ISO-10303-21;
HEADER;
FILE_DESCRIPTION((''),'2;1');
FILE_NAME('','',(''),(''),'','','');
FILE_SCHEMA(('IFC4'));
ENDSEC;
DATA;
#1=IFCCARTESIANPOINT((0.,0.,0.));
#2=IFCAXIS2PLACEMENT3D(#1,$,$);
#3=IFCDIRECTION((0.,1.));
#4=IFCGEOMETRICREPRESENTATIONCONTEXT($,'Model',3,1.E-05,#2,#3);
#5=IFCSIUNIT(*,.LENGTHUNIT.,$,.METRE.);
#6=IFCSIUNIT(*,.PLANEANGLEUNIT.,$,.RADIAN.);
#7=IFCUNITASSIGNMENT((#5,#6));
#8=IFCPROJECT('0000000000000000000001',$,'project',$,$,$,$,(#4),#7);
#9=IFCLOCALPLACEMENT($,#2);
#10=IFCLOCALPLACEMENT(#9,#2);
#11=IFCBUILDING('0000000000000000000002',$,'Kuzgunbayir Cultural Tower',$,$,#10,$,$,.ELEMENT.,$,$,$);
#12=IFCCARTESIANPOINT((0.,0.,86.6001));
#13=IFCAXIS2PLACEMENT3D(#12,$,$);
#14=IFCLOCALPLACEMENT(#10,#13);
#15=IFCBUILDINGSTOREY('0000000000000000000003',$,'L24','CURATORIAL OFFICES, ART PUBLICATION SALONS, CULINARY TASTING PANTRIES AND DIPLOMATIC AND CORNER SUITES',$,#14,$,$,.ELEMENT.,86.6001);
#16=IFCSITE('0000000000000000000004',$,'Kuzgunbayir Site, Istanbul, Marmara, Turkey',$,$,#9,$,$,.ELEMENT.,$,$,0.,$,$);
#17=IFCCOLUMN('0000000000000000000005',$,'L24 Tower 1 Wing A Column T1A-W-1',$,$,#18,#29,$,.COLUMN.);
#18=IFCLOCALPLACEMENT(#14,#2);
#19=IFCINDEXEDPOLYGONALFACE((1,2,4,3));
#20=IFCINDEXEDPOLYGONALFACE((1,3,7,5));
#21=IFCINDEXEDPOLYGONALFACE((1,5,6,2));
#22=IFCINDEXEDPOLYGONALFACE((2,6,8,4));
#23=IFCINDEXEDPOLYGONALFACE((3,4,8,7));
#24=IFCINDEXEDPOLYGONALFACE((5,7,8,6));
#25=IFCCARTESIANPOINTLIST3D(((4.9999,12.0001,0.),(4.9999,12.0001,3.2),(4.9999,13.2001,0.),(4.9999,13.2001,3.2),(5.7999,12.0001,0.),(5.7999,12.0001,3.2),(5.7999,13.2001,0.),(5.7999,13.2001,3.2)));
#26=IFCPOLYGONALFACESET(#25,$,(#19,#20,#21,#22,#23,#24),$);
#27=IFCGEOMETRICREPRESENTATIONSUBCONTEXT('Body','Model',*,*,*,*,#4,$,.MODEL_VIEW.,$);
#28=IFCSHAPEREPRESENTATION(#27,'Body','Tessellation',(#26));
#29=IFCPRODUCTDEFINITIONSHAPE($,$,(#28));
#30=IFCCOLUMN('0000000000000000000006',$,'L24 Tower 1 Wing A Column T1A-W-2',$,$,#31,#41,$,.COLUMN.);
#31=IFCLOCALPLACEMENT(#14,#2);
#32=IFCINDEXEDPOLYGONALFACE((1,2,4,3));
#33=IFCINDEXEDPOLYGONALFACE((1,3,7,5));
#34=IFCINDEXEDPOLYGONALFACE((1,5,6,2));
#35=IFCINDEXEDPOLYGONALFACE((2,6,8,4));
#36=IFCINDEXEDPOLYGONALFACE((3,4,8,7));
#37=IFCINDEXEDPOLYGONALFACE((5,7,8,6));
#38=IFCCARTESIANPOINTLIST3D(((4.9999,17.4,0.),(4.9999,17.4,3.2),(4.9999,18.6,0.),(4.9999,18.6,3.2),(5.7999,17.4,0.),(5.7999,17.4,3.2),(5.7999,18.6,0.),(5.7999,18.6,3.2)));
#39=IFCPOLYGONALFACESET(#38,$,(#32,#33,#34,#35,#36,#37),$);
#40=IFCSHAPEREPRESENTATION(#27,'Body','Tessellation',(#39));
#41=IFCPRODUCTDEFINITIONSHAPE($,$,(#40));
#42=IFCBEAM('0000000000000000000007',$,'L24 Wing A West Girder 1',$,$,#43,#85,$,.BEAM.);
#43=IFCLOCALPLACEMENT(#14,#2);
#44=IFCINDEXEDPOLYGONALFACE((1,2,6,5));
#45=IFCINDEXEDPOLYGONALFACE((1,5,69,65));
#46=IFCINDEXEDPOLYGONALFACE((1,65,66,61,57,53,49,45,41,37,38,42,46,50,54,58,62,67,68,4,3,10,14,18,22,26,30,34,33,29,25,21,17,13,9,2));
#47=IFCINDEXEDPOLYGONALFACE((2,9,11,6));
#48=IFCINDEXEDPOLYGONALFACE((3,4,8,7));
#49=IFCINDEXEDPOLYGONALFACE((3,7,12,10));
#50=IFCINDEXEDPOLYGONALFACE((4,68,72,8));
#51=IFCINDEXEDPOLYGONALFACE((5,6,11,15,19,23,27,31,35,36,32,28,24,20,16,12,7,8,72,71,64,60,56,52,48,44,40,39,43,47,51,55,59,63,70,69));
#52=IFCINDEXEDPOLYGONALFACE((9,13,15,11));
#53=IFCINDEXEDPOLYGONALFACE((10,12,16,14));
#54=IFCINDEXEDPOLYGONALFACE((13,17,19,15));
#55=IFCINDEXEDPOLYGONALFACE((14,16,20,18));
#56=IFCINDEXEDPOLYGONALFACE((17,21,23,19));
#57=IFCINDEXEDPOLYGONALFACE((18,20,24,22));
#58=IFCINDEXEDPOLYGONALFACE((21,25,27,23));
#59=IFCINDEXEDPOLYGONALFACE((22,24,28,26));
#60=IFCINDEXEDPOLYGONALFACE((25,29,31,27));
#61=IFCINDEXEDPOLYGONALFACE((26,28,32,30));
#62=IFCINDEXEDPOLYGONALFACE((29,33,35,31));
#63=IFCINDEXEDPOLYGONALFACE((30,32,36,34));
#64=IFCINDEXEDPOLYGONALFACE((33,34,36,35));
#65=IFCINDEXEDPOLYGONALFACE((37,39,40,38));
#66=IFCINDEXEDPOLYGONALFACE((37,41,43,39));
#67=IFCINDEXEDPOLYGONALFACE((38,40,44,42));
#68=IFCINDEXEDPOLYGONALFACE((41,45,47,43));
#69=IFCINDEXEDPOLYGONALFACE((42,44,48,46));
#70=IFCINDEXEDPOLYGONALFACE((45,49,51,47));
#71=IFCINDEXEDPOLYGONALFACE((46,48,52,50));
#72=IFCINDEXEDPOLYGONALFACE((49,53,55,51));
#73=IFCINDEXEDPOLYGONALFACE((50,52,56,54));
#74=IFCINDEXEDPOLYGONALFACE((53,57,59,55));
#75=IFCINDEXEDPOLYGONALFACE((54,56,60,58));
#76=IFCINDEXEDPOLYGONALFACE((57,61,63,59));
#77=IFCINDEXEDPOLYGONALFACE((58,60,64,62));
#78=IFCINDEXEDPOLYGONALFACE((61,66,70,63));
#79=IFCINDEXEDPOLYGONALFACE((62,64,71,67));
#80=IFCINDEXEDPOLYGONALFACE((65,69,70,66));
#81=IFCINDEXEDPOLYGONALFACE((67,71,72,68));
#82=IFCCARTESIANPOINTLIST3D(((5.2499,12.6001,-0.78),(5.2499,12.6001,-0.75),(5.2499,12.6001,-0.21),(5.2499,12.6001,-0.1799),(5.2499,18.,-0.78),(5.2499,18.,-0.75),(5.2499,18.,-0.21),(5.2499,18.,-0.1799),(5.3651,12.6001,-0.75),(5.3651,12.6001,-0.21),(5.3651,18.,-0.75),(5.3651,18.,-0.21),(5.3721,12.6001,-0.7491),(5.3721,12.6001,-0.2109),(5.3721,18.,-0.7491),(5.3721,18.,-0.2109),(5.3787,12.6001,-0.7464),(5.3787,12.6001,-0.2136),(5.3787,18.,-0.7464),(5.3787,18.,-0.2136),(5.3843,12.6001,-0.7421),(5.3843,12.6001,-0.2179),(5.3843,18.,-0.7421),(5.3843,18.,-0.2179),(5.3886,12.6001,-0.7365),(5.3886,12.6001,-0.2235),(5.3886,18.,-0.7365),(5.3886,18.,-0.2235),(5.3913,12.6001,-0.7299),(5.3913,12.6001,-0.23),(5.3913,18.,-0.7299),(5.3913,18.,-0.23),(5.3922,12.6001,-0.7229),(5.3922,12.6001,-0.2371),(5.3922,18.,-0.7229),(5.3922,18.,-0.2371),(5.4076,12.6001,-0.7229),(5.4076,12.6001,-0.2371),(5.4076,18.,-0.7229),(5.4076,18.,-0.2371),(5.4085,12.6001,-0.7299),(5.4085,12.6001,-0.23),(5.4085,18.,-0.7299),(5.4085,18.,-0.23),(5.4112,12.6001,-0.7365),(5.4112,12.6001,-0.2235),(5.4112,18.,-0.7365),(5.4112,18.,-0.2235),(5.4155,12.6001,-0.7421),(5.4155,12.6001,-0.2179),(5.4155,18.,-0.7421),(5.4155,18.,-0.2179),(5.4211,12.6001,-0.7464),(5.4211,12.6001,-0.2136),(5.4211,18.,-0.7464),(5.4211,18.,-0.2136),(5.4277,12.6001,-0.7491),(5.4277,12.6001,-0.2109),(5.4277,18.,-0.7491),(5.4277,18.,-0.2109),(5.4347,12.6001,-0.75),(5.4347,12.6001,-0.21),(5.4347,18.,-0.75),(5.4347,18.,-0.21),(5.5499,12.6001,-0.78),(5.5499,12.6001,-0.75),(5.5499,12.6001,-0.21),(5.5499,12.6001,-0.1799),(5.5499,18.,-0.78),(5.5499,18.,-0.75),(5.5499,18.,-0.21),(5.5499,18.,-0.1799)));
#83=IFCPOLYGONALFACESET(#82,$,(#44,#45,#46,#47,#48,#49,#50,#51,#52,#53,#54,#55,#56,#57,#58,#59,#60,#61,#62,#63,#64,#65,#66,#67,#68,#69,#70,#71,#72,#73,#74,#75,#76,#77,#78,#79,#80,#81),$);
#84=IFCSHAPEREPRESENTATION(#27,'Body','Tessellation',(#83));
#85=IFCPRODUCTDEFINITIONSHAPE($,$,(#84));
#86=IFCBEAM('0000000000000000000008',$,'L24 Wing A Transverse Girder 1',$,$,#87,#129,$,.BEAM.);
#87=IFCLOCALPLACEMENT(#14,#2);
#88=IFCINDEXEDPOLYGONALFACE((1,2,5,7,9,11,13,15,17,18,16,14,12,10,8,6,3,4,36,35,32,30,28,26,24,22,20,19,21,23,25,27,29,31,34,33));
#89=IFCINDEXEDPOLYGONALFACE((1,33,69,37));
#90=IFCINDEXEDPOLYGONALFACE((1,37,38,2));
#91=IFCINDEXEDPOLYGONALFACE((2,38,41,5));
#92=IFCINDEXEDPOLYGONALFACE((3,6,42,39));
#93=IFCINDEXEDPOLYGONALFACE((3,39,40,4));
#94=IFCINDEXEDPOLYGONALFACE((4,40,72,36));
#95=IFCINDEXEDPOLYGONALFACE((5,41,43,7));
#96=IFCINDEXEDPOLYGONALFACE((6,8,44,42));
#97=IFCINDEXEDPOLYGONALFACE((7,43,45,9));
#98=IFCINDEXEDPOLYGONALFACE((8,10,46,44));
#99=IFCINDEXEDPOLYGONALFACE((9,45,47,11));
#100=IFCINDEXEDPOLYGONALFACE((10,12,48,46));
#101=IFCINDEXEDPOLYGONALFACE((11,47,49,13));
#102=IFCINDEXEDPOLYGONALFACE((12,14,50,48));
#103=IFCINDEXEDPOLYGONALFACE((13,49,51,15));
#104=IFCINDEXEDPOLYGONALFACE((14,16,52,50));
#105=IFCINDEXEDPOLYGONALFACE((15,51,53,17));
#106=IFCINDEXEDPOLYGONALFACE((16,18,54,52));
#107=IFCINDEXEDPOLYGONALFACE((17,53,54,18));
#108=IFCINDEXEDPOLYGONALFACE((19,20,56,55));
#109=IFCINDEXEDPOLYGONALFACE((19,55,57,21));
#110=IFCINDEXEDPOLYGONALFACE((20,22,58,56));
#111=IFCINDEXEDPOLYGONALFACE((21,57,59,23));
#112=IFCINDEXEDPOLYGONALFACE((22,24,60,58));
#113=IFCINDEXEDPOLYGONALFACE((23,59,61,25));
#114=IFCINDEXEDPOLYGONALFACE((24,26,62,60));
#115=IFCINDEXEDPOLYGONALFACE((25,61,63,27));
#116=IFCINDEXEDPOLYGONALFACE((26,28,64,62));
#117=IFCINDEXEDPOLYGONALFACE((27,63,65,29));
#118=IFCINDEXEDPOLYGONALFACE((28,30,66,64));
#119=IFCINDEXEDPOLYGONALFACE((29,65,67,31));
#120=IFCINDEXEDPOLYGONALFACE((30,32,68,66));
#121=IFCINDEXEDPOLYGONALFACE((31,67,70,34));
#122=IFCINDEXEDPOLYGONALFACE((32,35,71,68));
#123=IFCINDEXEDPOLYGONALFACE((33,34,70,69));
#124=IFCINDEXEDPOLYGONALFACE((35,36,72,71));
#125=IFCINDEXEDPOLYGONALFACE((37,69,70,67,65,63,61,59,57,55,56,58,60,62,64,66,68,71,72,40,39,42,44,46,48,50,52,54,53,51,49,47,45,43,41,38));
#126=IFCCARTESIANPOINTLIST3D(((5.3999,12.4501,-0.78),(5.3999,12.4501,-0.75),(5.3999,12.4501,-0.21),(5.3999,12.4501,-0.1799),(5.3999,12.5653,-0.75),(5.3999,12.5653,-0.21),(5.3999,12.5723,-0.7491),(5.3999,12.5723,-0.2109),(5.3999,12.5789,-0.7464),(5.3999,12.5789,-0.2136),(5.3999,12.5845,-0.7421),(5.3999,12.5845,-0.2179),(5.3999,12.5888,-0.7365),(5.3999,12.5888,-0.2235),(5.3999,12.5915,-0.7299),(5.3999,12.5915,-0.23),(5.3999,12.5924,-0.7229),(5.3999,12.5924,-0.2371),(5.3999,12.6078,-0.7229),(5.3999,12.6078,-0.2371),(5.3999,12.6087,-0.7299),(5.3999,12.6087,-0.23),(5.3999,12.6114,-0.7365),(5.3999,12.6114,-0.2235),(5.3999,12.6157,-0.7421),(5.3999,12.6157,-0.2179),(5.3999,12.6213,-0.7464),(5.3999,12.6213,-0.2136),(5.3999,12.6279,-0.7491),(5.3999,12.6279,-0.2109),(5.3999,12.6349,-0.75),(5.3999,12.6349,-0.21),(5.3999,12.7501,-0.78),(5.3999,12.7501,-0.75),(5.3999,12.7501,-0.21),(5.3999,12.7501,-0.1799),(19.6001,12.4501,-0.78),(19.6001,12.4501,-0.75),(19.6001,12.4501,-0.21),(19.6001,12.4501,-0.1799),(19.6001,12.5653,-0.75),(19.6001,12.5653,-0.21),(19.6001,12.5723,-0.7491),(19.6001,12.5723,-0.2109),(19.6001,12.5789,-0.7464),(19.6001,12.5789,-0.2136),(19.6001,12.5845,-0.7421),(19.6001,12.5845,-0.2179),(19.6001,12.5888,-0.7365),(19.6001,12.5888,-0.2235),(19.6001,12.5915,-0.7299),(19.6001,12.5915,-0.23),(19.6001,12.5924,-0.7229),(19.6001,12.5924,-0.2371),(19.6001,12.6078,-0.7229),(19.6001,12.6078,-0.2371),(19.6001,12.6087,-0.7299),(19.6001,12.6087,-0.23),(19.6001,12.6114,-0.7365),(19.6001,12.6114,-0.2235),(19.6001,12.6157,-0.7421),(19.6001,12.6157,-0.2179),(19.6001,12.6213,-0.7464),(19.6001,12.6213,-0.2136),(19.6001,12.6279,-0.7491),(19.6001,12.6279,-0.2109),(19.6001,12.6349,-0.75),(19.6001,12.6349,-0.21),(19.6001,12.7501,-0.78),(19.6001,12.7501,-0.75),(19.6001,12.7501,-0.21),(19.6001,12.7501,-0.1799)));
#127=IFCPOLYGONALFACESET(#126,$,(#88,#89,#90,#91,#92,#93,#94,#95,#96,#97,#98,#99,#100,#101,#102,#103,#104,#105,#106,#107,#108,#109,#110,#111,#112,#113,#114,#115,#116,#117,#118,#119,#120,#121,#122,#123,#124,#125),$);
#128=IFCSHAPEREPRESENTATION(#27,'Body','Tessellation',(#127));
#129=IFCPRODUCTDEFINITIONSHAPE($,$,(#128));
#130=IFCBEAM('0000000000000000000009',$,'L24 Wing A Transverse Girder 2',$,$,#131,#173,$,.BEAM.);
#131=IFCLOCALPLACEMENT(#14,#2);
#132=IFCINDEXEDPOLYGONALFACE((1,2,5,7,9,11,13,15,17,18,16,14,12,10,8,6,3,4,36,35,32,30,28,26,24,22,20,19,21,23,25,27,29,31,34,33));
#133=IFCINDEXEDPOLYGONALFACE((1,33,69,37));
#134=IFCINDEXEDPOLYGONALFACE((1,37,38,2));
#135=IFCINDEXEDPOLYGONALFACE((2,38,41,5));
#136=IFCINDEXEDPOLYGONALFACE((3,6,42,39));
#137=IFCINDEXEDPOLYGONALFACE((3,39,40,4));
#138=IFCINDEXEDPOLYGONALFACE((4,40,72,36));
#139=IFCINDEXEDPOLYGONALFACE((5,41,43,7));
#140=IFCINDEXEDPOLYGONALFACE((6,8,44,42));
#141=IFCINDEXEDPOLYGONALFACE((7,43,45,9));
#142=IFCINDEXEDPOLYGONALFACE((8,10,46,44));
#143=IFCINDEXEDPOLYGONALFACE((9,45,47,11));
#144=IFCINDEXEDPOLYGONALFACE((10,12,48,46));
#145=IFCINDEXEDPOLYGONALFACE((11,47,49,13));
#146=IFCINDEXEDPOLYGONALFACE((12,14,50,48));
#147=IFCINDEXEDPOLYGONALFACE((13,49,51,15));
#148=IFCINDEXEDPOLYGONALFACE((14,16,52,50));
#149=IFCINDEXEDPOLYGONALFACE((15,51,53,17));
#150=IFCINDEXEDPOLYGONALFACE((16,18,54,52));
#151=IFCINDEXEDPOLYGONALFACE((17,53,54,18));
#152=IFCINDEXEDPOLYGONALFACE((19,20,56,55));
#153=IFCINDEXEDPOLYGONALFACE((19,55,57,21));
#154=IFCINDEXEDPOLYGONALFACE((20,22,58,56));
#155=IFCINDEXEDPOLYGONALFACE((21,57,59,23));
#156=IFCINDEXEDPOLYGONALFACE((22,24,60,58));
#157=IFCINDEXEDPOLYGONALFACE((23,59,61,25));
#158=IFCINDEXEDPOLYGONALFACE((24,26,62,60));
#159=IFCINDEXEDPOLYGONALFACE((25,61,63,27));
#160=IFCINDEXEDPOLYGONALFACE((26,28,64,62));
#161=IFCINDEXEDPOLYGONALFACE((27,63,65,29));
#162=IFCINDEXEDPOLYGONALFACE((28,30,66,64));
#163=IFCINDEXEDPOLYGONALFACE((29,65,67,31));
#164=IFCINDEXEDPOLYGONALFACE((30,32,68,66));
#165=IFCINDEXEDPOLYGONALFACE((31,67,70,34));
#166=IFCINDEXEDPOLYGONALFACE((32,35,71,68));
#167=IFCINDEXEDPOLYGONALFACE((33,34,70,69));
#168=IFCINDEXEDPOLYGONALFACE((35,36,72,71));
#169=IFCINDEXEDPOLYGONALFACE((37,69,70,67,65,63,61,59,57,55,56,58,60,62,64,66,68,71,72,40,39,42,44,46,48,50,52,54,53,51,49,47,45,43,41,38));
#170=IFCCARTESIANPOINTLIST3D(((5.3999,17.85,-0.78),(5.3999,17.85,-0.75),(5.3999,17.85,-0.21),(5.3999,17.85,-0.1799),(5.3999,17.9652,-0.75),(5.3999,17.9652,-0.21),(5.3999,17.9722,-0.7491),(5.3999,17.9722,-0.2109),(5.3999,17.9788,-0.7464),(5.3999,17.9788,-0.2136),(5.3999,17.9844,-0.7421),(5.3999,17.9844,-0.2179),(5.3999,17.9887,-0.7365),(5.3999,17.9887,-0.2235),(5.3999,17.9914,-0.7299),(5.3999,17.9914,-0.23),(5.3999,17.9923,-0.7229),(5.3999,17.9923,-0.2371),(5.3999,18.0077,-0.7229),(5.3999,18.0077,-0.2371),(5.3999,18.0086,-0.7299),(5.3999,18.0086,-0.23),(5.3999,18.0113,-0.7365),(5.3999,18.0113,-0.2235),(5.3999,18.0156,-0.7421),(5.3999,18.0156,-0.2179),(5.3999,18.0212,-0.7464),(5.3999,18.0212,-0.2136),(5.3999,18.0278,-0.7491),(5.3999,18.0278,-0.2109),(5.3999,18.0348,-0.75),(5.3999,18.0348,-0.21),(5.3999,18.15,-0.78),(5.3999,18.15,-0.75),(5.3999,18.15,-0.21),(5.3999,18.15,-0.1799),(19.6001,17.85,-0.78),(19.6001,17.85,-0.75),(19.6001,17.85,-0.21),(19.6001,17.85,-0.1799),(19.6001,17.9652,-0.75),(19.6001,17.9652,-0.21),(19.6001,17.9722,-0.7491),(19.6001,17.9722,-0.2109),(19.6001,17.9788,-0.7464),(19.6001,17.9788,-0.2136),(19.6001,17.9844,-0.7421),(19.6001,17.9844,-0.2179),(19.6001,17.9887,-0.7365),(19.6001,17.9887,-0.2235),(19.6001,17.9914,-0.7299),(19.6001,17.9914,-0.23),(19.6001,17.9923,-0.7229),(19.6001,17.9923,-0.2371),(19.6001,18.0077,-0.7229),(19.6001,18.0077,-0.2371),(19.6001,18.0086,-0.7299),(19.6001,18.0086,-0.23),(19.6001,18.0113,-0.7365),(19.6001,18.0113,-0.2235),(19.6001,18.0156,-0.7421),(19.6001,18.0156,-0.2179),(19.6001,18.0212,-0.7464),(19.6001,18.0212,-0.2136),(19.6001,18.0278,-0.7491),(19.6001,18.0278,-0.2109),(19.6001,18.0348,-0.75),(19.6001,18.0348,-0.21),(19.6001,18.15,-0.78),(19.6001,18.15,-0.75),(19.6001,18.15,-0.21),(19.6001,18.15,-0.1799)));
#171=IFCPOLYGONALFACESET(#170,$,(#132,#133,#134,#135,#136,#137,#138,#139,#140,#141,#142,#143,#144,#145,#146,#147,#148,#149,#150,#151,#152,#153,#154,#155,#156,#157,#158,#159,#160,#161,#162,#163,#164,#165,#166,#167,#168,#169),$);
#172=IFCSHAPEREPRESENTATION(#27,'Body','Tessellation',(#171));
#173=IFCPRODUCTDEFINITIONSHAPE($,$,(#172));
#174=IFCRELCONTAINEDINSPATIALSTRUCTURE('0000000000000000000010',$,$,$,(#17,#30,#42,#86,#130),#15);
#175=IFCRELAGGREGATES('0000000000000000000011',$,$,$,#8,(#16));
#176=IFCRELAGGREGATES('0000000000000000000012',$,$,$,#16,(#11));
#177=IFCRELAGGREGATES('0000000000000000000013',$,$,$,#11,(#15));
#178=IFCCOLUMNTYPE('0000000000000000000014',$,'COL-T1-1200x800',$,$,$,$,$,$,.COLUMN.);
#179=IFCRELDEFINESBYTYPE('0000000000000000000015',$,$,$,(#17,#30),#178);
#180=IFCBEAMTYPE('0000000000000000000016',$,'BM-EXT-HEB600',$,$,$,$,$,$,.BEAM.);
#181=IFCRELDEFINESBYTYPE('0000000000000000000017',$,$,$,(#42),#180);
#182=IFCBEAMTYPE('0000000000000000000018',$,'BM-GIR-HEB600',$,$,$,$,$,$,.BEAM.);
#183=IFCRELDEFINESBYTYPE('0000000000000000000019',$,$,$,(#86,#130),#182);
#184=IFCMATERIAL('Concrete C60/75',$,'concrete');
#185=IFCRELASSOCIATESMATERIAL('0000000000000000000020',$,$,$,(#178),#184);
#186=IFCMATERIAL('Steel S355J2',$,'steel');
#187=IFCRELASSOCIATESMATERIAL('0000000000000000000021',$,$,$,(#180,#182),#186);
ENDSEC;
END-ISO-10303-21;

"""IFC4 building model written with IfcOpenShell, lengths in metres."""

from ifc_helpers import new_model, si_unit, direction, frame, origin, origin_2d, place, context, subcontext, project, spatial, rectangle, i_section, extrude, material, material_profile, profile_set, type_object, element, save


model = new_model("IFC4")

# Units and contexts
model_context = context("Model", 3, precision=1e-05, world=origin(), true_north=direction((0.0, 1.0)))
body_context = subcontext(model_context, "Body", "Model", "MODEL_VIEW")
ifc_project = project(units=[si_unit("LENGTHUNIT", "METRE"), si_unit("PLANEANGLEUNIT", "RADIAN")], contexts=[model_context])

# Site, building, storey
site_placement = place(None, origin())
site = spatial("IfcSite", under=ifc_project, at=site_placement, Name="Kuzgunbayir Site, Istanbul, Marmara, Turkey", CompositionType="ELEMENT", RefElevation=0.0)
building_placement = place(site_placement, origin())
building = spatial("IfcBuilding", under=site, at=building_placement, Name="Kuzgunbayir Cultural Tower", CompositionType="ELEMENT")
storey_placement = place(building_placement, frame((0.0, 0.0, 86.6001)))
storey = spatial("IfcBuildingStorey", under=building, at=storey_placement, Name="L24", Description="CURATORIAL OFFICES, ART PUBLICATION SALONS, CULINARY TASTING PANTRIES AND DIPLOMATIC AND CORNER SUITES", CompositionType="ELEMENT", Elevation=86.6001)

# Columns
ifc_material_1 = material(Name="Concrete C60/75", Category="concrete")
ifc_material_profile_1 = material_profile(ifc_material_1, rectangle(XDim=0.8, YDim=1.2, at=origin_2d()), Name="RC 1200x800")
ifc_profile_set_1 = profile_set([ifc_material_profile_1], Name="Concrete C60/75")
column_type = type_object("IfcColumnType", Name="COL-T1-1200x800", PredefinedType="COLUMN", material=ifc_profile_set_1)
for number, where, z_axis, x_axis, name in (
    (1, (5.3999, 12.6001, 0.0), (0.0, 0.0, 1.0), (1.0, 0.0, 0.0), "L24 Tower 1 Wing A Column T1A-W-1"),
    (2, (5.3999, 18.0, 0.0), (0.0, 0.0, 1.0), (1.0, 0.0, 0.0), "L24 Tower 1 Wing A Column T1A-W-2"),
):
    element("IfcColumn", number, at=place(storey_placement, frame(where, z_axis=z_axis, x_axis=x_axis)), inside=storey, type_object=column_type, Name=name, PredefinedType="COLUMN", context=body_context, shape_type="SweptSolid", body=[
        extrude(rectangle(XDim=0.8, YDim=1.2, at=origin_2d()), origin(), (0.0, 0.0, 1.0), 3.2),
    ])

# Beams
ifc_material_2 = material(Name="Steel S355J2", Category="steel")
ifc_material_profile_2 = material_profile(ifc_material_2, i_section(OverallWidth=0.3, OverallDepth=0.6001, WebThickness=0.0154, FlangeThickness=0.03, FilletRadius=0.0271, at=origin_2d()), Name="HEB 600")
ifc_profile_set_2 = profile_set([ifc_material_profile_2], Name="Steel S355J2")
beam_type_1 = type_object("IfcBeamType", Name="BM-EXT-HEB600", PredefinedType="BEAM", material=ifc_profile_set_2)
beam_placement = place(storey_placement, frame((5.3999, 12.6001, -0.48), z_axis=(0.0, 1.0, 0.0), x_axis=(-1.0, 0.0, 0.0)))
element("IfcBeam", 3, at=beam_placement, inside=storey, type_object=beam_type_1, Name="L24 Wing A West Girder 1", PredefinedType="BEAM", context=body_context, shape_type="SweptSolid", body=[
    extrude(i_section(OverallWidth=0.3, OverallDepth=0.6001, WebThickness=0.0154, FlangeThickness=0.03, FilletRadius=0.0271, at=origin_2d()), origin(), (0.0, 0.0, 1.0), 5.3999),
])
ifc_material_profile_3 = material_profile(ifc_material_2, i_section(OverallWidth=0.3, OverallDepth=0.6001, WebThickness=0.0154, FlangeThickness=0.03, FilletRadius=0.0271, at=origin_2d()), Name="HEB 600")
ifc_profile_set_3 = profile_set([ifc_material_profile_3], Name="Steel S355J2")
beam_type_2 = type_object("IfcBeamType", Name="BM-GIR-HEB600", PredefinedType="BEAM", material=ifc_profile_set_3)
for number, where, z_axis, x_axis, name in (
    (4, (5.3999, 12.6001, -0.48), (1.0, 0.0, 0.0), (0.0, 1.0, 0.0), "L24 Wing A Transverse Girder 1"),
    (5, (5.3999, 18.0, -0.48), (1.0, 0.0, 0.0), (0.0, 1.0, 0.0), "L24 Wing A Transverse Girder 2"),
):
    element("IfcBeam", number, at=place(storey_placement, frame(where, z_axis=z_axis, x_axis=x_axis)), inside=storey, type_object=beam_type_2, Name=name, PredefinedType="BEAM", context=body_context, shape_type="SweptSolid", body=[
        extrude(i_section(OverallWidth=0.3, OverallDepth=0.6001, WebThickness=0.0154, FlangeThickness=0.03, FilletRadius=0.0271, at=origin_2d()), origin(), (0.0, 0.0, 1.0), 14.2002),
    ])

save(model, "model.ifc")
